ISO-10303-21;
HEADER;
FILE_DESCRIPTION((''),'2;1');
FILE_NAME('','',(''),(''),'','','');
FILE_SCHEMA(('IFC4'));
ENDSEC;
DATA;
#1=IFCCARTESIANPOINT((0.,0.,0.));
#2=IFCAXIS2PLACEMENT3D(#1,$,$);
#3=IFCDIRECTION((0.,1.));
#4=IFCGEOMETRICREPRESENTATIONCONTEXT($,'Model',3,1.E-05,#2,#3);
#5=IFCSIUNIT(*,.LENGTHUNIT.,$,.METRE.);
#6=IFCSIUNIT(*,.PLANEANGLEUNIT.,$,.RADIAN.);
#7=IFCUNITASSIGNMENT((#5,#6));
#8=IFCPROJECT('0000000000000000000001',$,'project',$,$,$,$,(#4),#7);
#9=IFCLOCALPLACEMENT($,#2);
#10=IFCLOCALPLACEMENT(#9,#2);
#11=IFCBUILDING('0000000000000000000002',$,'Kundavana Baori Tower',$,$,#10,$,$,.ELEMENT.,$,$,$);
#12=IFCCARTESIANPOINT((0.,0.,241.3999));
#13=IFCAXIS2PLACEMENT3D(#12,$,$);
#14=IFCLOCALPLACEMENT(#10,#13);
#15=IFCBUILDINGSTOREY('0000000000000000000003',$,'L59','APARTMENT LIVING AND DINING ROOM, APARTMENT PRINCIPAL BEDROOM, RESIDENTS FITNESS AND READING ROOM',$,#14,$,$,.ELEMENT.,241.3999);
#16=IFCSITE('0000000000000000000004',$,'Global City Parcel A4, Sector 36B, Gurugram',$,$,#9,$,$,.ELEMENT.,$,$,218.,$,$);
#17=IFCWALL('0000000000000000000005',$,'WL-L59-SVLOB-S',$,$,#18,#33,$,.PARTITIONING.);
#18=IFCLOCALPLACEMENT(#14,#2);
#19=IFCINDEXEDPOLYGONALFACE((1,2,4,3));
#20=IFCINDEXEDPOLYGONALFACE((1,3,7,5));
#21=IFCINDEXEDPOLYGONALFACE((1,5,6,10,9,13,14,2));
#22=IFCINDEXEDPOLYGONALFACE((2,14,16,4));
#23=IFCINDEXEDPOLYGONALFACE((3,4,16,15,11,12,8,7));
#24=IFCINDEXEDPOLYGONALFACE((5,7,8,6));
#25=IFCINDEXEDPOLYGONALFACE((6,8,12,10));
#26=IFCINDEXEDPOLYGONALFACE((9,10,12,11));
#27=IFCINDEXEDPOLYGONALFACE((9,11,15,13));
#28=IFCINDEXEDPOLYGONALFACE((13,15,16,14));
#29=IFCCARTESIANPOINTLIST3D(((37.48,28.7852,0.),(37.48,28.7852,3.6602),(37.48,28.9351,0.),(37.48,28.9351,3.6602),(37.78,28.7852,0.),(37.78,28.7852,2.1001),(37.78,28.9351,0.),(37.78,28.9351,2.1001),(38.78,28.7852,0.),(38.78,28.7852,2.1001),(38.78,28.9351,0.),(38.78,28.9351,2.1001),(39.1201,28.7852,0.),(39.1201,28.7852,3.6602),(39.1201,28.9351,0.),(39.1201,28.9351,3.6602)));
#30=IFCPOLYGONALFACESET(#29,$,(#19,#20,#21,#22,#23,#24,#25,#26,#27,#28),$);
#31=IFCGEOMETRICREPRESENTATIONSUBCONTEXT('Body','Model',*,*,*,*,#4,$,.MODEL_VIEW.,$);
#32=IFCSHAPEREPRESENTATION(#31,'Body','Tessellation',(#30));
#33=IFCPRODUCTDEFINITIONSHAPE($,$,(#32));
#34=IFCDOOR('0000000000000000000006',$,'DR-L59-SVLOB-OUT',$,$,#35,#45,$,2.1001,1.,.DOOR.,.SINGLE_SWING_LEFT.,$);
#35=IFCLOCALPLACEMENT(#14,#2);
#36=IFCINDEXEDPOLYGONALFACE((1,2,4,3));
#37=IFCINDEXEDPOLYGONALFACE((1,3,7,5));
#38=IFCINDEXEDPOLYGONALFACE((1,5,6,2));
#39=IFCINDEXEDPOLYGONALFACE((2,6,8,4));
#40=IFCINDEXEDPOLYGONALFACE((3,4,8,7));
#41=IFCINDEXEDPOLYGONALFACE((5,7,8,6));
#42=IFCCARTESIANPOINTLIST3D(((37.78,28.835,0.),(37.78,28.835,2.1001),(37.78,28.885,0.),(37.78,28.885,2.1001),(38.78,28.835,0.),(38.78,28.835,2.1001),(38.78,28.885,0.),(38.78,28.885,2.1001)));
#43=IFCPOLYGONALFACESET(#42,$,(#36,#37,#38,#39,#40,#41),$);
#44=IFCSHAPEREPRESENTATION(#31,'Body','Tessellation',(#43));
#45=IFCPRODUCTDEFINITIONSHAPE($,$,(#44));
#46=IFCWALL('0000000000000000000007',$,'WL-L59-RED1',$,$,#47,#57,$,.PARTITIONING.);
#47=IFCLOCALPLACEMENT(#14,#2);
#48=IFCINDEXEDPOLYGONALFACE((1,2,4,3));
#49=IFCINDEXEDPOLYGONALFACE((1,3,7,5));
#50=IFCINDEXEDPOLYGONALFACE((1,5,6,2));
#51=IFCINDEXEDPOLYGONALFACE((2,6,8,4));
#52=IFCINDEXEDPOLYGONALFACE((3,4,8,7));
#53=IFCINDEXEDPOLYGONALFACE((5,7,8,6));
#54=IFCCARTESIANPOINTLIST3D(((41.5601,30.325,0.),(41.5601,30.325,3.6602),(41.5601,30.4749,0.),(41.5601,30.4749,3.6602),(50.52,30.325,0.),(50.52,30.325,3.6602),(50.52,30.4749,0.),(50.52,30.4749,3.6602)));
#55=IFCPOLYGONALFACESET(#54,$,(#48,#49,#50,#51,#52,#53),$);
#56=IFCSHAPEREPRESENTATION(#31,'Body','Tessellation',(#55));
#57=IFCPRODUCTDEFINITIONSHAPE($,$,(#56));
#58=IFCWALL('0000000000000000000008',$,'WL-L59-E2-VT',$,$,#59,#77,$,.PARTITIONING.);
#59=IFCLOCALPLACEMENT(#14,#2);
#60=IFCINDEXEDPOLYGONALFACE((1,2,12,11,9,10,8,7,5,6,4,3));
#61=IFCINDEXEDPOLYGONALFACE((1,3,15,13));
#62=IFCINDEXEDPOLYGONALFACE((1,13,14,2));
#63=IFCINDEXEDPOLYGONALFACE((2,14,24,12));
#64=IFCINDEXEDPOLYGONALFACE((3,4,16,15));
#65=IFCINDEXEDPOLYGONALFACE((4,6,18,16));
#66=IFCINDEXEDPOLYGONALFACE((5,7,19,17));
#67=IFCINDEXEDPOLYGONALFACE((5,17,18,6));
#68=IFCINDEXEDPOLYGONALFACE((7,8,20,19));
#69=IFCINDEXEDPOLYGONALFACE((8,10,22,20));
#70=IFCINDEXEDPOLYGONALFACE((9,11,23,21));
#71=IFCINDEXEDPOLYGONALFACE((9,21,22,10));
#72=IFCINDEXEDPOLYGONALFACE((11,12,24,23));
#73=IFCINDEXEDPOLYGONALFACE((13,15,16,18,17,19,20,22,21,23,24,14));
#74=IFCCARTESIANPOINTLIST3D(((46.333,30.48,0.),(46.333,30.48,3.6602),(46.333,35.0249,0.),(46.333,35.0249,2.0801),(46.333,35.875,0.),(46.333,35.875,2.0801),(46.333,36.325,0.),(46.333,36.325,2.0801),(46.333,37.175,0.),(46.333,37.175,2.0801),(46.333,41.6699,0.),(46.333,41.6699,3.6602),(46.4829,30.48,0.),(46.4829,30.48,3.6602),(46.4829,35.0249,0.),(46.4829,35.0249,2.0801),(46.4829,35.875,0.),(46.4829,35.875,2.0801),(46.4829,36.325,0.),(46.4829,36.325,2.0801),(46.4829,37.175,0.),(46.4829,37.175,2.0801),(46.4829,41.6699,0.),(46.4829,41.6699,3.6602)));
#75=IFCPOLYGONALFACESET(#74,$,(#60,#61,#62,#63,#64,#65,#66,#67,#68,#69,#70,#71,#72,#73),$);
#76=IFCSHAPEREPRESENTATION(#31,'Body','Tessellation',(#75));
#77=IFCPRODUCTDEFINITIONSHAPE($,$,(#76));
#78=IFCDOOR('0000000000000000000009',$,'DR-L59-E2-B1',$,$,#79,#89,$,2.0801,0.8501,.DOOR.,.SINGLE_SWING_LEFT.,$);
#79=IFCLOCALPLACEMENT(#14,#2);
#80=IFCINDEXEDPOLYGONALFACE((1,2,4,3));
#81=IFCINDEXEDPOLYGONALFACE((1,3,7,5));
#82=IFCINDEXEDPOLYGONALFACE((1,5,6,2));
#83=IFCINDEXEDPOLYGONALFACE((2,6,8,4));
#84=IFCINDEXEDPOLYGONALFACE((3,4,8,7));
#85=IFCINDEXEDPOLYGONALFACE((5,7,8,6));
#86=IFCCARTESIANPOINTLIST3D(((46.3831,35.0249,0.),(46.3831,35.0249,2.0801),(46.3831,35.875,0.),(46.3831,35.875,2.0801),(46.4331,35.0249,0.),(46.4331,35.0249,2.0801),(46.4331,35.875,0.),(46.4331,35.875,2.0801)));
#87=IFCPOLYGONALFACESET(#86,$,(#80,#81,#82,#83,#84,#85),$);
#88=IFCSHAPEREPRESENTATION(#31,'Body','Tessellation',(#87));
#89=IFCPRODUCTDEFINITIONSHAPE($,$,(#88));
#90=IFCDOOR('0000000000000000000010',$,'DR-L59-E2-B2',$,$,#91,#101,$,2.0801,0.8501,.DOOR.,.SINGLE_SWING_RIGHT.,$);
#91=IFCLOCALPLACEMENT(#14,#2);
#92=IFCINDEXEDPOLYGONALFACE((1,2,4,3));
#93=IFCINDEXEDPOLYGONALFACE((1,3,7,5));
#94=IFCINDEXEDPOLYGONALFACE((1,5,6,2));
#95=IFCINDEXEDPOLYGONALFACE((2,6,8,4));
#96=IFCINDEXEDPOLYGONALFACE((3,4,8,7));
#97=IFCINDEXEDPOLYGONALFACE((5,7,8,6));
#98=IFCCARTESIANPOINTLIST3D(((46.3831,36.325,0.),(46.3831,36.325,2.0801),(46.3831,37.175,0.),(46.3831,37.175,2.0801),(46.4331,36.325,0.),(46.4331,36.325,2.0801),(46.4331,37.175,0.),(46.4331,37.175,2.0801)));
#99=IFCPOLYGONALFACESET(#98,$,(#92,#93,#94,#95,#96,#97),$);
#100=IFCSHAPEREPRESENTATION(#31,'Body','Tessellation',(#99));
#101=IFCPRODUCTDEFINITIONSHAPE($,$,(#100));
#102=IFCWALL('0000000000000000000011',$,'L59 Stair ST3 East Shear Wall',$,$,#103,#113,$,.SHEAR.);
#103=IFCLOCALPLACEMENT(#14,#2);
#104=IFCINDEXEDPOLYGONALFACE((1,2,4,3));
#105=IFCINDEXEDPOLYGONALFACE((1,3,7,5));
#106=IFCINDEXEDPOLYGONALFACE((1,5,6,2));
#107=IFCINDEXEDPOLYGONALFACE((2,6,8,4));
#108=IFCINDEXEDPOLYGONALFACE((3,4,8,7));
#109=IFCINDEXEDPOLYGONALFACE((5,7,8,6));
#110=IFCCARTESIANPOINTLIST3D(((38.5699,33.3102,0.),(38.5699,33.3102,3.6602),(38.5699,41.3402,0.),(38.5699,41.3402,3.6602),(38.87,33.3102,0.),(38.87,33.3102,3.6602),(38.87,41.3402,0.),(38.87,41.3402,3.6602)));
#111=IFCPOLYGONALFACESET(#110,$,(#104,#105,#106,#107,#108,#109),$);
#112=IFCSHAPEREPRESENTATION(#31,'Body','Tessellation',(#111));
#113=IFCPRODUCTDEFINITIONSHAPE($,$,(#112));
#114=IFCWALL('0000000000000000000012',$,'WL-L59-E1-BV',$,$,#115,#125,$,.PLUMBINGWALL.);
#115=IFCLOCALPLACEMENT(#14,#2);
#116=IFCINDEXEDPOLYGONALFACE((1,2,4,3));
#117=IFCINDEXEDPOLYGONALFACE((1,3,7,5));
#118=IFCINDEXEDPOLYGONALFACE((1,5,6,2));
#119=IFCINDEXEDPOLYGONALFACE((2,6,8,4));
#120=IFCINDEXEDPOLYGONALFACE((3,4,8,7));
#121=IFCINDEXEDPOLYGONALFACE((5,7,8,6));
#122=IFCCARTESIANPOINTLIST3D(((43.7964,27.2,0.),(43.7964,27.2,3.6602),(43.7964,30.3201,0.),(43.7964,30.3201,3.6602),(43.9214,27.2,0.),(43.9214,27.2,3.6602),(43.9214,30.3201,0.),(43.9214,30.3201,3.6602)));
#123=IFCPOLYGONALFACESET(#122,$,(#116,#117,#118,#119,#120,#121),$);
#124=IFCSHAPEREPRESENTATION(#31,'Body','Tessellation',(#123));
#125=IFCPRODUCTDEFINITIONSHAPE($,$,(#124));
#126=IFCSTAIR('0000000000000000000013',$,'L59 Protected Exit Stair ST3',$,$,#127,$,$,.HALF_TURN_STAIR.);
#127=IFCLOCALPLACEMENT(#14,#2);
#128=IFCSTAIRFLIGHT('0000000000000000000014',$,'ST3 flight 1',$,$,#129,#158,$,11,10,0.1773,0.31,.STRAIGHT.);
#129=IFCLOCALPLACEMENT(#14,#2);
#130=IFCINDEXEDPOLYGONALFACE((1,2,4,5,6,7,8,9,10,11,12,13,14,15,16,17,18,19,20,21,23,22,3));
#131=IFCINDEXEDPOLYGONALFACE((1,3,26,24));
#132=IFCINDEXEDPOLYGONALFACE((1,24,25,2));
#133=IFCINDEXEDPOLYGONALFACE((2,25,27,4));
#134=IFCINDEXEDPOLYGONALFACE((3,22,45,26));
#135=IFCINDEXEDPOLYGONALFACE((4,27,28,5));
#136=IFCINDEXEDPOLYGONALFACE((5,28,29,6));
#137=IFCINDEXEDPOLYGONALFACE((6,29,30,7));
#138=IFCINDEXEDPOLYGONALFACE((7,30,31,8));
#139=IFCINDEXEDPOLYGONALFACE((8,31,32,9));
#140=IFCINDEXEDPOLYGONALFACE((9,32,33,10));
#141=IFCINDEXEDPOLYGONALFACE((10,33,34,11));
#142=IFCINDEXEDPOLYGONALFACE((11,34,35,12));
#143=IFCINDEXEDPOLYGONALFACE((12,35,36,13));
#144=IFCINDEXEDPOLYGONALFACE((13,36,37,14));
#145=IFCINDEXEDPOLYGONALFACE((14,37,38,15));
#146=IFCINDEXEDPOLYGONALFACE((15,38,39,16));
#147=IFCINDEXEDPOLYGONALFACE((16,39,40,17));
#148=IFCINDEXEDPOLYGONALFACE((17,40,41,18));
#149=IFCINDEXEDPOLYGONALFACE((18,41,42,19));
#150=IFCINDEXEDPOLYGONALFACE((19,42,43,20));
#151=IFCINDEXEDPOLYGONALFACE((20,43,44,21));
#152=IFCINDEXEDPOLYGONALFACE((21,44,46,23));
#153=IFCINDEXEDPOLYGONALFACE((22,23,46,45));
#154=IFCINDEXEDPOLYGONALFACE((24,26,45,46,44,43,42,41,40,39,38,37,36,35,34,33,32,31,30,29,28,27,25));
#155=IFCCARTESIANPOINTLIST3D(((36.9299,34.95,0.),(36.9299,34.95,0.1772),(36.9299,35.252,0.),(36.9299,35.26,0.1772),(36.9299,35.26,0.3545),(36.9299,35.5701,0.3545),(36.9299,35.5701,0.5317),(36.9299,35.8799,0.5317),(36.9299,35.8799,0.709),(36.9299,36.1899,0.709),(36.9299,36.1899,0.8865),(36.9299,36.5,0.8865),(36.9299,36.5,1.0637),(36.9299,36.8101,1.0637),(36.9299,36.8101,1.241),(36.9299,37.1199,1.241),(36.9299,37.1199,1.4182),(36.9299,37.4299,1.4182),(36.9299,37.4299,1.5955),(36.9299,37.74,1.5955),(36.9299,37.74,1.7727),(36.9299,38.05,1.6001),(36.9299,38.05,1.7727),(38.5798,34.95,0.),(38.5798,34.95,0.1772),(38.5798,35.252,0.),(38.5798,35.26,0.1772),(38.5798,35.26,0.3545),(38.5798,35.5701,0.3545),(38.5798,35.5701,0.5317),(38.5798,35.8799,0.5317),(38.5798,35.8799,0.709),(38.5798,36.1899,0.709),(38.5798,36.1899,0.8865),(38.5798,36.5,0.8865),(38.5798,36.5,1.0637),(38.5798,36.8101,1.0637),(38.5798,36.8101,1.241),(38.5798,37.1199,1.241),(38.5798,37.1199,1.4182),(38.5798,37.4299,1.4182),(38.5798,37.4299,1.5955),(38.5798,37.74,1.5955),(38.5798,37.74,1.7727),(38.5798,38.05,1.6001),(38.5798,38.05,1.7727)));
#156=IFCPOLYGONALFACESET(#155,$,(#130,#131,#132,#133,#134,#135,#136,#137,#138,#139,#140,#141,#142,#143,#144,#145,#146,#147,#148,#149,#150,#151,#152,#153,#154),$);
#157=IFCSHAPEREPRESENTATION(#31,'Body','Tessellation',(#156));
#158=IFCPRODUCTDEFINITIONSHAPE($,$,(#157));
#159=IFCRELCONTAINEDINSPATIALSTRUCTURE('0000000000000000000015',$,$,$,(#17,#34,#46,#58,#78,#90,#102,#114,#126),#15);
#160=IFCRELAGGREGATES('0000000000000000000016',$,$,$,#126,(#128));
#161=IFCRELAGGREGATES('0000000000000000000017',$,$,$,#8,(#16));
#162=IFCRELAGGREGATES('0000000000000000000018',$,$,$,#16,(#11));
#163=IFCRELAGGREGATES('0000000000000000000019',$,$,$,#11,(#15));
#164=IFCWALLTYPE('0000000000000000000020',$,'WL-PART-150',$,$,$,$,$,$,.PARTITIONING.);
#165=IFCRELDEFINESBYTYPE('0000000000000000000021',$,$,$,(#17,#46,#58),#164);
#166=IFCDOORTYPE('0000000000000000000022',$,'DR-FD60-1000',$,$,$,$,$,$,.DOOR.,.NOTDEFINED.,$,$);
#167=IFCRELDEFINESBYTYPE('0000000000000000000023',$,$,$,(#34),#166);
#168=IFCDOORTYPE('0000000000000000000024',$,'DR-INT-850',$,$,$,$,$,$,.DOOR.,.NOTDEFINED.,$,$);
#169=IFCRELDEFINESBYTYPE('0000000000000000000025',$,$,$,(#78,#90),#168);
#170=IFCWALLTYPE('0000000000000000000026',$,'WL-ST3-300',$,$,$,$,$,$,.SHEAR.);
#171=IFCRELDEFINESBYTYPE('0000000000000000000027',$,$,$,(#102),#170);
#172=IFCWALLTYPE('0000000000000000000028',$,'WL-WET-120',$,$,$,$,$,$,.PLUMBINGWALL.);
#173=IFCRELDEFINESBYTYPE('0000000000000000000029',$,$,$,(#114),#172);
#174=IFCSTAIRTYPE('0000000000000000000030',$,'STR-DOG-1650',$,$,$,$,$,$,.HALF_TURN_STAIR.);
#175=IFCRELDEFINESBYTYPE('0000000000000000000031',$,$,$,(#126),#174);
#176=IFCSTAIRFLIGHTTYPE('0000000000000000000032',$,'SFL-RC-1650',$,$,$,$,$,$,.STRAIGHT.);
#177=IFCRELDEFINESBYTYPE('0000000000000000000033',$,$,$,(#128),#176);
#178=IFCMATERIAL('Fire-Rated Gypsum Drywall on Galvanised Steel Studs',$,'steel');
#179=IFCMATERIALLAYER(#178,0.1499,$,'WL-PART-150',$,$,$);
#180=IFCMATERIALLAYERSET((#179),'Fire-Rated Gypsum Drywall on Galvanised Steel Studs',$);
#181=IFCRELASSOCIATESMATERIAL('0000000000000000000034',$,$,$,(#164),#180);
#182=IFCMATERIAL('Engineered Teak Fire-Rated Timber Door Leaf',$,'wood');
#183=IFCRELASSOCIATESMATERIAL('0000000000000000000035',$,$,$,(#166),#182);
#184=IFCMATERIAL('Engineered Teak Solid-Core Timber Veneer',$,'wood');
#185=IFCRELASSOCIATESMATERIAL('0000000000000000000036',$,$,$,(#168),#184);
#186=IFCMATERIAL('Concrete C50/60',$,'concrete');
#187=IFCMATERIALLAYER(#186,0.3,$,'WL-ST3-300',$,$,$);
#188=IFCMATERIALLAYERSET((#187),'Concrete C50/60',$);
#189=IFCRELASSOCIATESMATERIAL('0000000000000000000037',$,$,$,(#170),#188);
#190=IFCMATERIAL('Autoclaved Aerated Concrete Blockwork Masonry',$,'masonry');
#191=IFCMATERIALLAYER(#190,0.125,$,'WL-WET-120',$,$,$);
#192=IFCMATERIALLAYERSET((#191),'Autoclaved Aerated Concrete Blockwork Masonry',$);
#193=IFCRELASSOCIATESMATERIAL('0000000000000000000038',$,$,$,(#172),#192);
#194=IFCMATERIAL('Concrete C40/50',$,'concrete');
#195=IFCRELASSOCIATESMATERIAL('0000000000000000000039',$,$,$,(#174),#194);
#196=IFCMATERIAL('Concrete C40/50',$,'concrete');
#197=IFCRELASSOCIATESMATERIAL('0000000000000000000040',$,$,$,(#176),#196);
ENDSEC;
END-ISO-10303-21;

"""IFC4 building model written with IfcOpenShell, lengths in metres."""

from ifc_helpers import new_model, si_unit, direction, frame, frame_2d, origin, place, context, subcontext, project, spatial, polyline, rectangle, outline, extrude, material, layer, layer_set, type_object, element, fill, aggregate, save


model = new_model("IFC4")

# Units and contexts
model_context = context("Model", 3, precision=1e-05, world=origin(), true_north=direction((0.0, 1.0)))
body_context = subcontext(model_context, "Body", "Model", "MODEL_VIEW")
ifc_project = project(units=[si_unit("LENGTHUNIT", "METRE"), si_unit("PLANEANGLEUNIT", "RADIAN")], contexts=[model_context])

# Site, building, storey
site_placement = place(None, origin())
site = spatial("IfcSite", under=ifc_project, at=site_placement, Name="Global City Parcel A4, Sector 36B, Gurugram", CompositionType="ELEMENT", RefElevation=218.0)
building_placement = place(site_placement, origin())
building = spatial("IfcBuilding", under=site, at=building_placement, Name="Kundavana Baori Tower", CompositionType="ELEMENT")
storey_placement = place(building_placement, frame((0.0, 0.0, 241.3999)))
storey = spatial("IfcBuildingStorey", under=building, at=storey_placement, Name="L59", Description="APARTMENT LIVING AND DINING ROOM, APARTMENT PRINCIPAL BEDROOM, RESIDENTS FITNESS AND READING ROOM", CompositionType="ELEMENT", Elevation=241.3999)

# Shared definitions
ifc_material_1 = material(Name="Fire-Rated Gypsum Drywall on Galvanised Steel Studs", Category="steel")
ifc_layer_1 = layer(ifc_material_1, 0.1499, Name="WL-PART-150")
ifc_layer_set_1 = layer_set([ifc_layer_1], Name="Fire-Rated Gypsum Drywall on Galvanised Steel Studs")
wall_type_1 = type_object("IfcWallType", Name="WL-PART-150", PredefinedType="PARTITIONING", material=ifc_layer_set_1)

# Wall, opening, door
wall_1_placement = place(storey_placement, frame((37.48, 28.8601, 0.0), z_axis=(0.0, 0.0, 1.0), x_axis=(1.0, 0.0, 0.0)))
wall_1 = element("IfcWall", 1, at=wall_1_placement, inside=storey, type_object=wall_type_1, Name="WL-L59-SVLOB-S", PredefinedType="PARTITIONING", context=body_context, shape_type="SweptSolid", body=[
    extrude(rectangle(XDim=1.6401, YDim=0.1499, at=frame_2d((0.8201, 0.0))), origin(), (0.0, 0.0, 1.0), 3.6602),
])
opening_1_placement = place(wall_1_placement, frame((0.3, 0.0, 0.0)))
opening_1 = element("IfcOpeningElement", 2, at=opening_1_placement, cuts=wall_1, PredefinedType="OPENING", context=body_context, shape_type="SweptSolid", body=[
    extrude(rectangle(XDim=1.0, YDim=2.1001, at=frame_2d((0.5, 1.05))), frame((0.0, 0.085, 0.0), z_axis=(0.0, -1.0, 0.0), x_axis=(1.0, 0.0, 0.0)), (0.0, 0.0, 1.0), 0.1699),
])
ifc_material_2 = material(Name="Engineered Teak Fire-Rated Timber Door Leaf", Category="wood")
door_type_1 = type_object("IfcDoorType", Name="DR-FD60-1000", OperationType="NOTDEFINED", PredefinedType="DOOR", material=ifc_material_2)
door_1_placement = place(opening_1_placement, origin())
door_1 = element("IfcDoor", 3, at=door_1_placement, inside=storey, type_object=door_type_1, Name="DR-L59-SVLOB-OUT", OperationType="SINGLE_SWING_LEFT", OverallHeight=2.1001, OverallWidth=1.0, PredefinedType="DOOR", context=body_context, shape_type="SweptSolid", body=[
    extrude(rectangle(XDim=1.0, YDim=2.1001, at=frame_2d((0.5, 1.05))), frame((0.0, 0.0249, 0.0), z_axis=(0.0, -1.0, 0.0), x_axis=(1.0, 0.0, 0.0)), (0.0, 0.0, 1.0), 0.05),
])
fill(opening_1, door_1)

# Wall
wall_2_placement = place(storey_placement, frame((41.5601, 30.3999, 0.0), z_axis=(0.0, 0.0, 1.0), x_axis=(1.0, 0.0, 0.0)))
element("IfcWall", 4, at=wall_2_placement, inside=storey, type_object=wall_type_1, Name="WL-L59-RED1", PredefinedType="PARTITIONING", context=body_context, shape_type="SweptSolid", body=[
    extrude(rectangle(XDim=8.96, YDim=0.1499, at=frame_2d((4.48, 0.0))), origin(), (0.0, 0.0, 1.0), 3.6602),
])

# Wall, openings, doors
wall_3_placement = place(storey_placement, frame((46.408, 30.48, 0.0), z_axis=(0.0, 0.0, 1.0), x_axis=(0.0, 1.0, 0.0)))
wall_3 = element("IfcWall", 5, at=wall_3_placement, inside=storey, type_object=wall_type_1, Name="WL-L59-E2-VT", PredefinedType="PARTITIONING", context=body_context, shape_type="SweptSolid", body=[
    extrude(rectangle(XDim=11.1899, YDim=0.1499, at=frame_2d((5.595, 0.0))), origin(), (0.0, 0.0, 1.0), 3.6602),
])
opening_2_placement = place(wall_3_placement, frame((4.5449, 0.0, 0.0)))
opening_2 = element("IfcOpeningElement", 6, at=opening_2_placement, cuts=wall_3, PredefinedType="OPENING", context=body_context, shape_type="SweptSolid", body=[
    extrude(rectangle(XDim=0.8501, YDim=2.0801, at=frame_2d((0.425, 1.04))), frame((0.0, 0.085, 0.0), z_axis=(0.0, -1.0, 0.0), x_axis=(1.0, 0.0, 0.0)), (0.0, 0.0, 1.0), 0.1699),
])
opening_3_placement = place(wall_3_placement, frame((5.845, 0.0, 0.0)))
opening_3 = element("IfcOpeningElement", 7, at=opening_3_placement, cuts=wall_3, PredefinedType="OPENING", context=body_context, shape_type="SweptSolid", body=[
    extrude(rectangle(XDim=0.8501, YDim=2.0801, at=frame_2d((0.425, 1.04))), frame((0.0, 0.085, 0.0), z_axis=(0.0, -1.0, 0.0), x_axis=(1.0, 0.0, 0.0)), (0.0, 0.0, 1.0), 0.1699),
])
ifc_material_3 = material(Name="Engineered Teak Solid-Core Timber Veneer", Category="wood")
door_type_2 = type_object("IfcDoorType", Name="DR-INT-850", OperationType="NOTDEFINED", PredefinedType="DOOR", material=ifc_material_3)
door_2_placement = place(opening_2_placement, origin())
door_2 = element("IfcDoor", 8, at=door_2_placement, inside=storey, type_object=door_type_2, Name="DR-L59-E2-B1", OperationType="SINGLE_SWING_LEFT", OverallHeight=2.0801, OverallWidth=0.8501, PredefinedType="DOOR", context=body_context, shape_type="SweptSolid", body=[
    extrude(rectangle(XDim=0.8501, YDim=2.0801, at=frame_2d((0.425, 1.04))), frame((0.0, 0.0249, 0.0), z_axis=(0.0, -1.0, 0.0), x_axis=(1.0, 0.0, 0.0)), (0.0, 0.0, 1.0), 0.05),
])
fill(opening_2, door_2)
door_3_placement = place(opening_3_placement, origin())
door_3 = element("IfcDoor", 9, at=door_3_placement, inside=storey, type_object=door_type_2, Name="DR-L59-E2-B2", OperationType="SINGLE_SWING_RIGHT", OverallHeight=2.0801, OverallWidth=0.8501, PredefinedType="DOOR", context=body_context, shape_type="SweptSolid", body=[
    extrude(rectangle(XDim=0.8501, YDim=2.0801, at=frame_2d((0.425, 1.04))), frame((0.0, 0.0249, 0.0), z_axis=(0.0, -1.0, 0.0), x_axis=(1.0, 0.0, 0.0)), (0.0, 0.0, 1.0), 0.05),
])
fill(opening_3, door_3)

# Walls
ifc_material_4 = material(Name="Concrete C50/60", Category="concrete")
ifc_layer_2 = layer(ifc_material_4, 0.3, Name="WL-ST3-300")
ifc_layer_set_2 = layer_set([ifc_layer_2], Name="Concrete C50/60")
wall_type_2 = type_object("IfcWallType", Name="WL-ST3-300", PredefinedType="SHEAR", material=ifc_layer_set_2)
wall_4_placement = place(storey_placement, frame((38.72, 33.3101, 0.0), z_axis=(0.0, 0.0, 1.0), x_axis=(0.0, 1.0, 0.0)))
element("IfcWall", 10, at=wall_4_placement, inside=storey, type_object=wall_type_2, Name="L59 Stair ST3 East Shear Wall", PredefinedType="SHEAR", context=body_context, shape_type="SweptSolid", body=[
    extrude(rectangle(XDim=8.03, YDim=0.3, at=frame_2d((4.0151, 0.0))), origin(), (0.0, 0.0, 1.0), 3.6602),
])
ifc_material_5 = material(Name="Autoclaved Aerated Concrete Blockwork Masonry", Category="masonry")
ifc_layer_3 = layer(ifc_material_5, 0.125, Name="WL-WET-120")
ifc_layer_set_3 = layer_set([ifc_layer_3], Name="Autoclaved Aerated Concrete Blockwork Masonry")
wall_type_3 = type_object("IfcWallType", Name="WL-WET-120", PredefinedType="PLUMBINGWALL", material=ifc_layer_set_3)
wall_5_placement = place(storey_placement, frame((43.8589, 27.2, 0.0), z_axis=(0.0, 0.0, 1.0), x_axis=(0.0, 1.0, 0.0)))
element("IfcWall", 11, at=wall_5_placement, inside=storey, type_object=wall_type_3, Name="WL-L59-E1-BV", PredefinedType="PLUMBINGWALL", context=body_context, shape_type="SweptSolid", body=[
    extrude(rectangle(XDim=3.1201, YDim=0.125, at=frame_2d((1.5601, 0.0))), origin(), (0.0, 0.0, 1.0), 3.6602),
])

# Stair, stair flight
ifc_material_6 = material(Name="Concrete C40/50", Category="concrete")
stair_type = type_object("IfcStairType", Name="STR-DOG-1650", PredefinedType="HALF_TURN_STAIR", material=ifc_material_6)
stair_placement = place(storey_placement, origin())
stair = element("IfcStair", 12, at=stair_placement, inside=storey, type_object=stair_type, Name="L59 Protected Exit Stair ST3", PredefinedType="HALF_TURN_STAIR")
ifc_material_7 = material(Name="Concrete C40/50", Category="concrete")
stair_flight_type = type_object("IfcStairFlightType", Name="SFL-RC-1650", PredefinedType="STRAIGHT", material=ifc_material_7)
stair_flight_placement = place(storey_placement, frame((37.7549, 34.95, 0.0), z_axis=(0.0, 0.0, 1.0), x_axis=(0.0, 1.0, 0.0)))
stair_flight = element("IfcStairFlight", 13, at=stair_flight_placement, type_object=stair_flight_type, Name="ST3 flight 1", NumberOfRisers=11, NumberOfTreads=10, PredefinedType="STRAIGHT", RiserHeight=0.1773, TreadLength=0.31, context=body_context, shape_type="SweptSolid", body=[
    extrude(outline(polyline([(0.0, 0.0), (0.0, 0.1772), (0.3101, 0.1772), (0.3101, 0.3545), (0.6201, 0.3545), (0.6201, 0.5317), (0.9299, 0.5317), (0.9299, 0.709), (1.24, 0.709), (1.24, 0.8865), (1.55, 0.8865), (1.55, 1.0637), (1.8601, 1.0637), (1.8601, 1.241), (2.1699, 1.241), (2.1699, 1.4182), (2.48, 1.4182), (2.48, 1.5955), (2.79, 1.5955), (2.79, 1.7727), (3.1001, 1.7727), (3.1001, 1.95), (3.1001, 1.6001), (0.302, 0.0), (0.0, 0.0)])), frame((0.0, 0.825, 0.0), z_axis=(0.0, -1.0, 0.0), x_axis=(1.0, 0.0, 0.0)), (0.0, 0.0, 1.0), 1.6499),
])
aggregate(stair, [stair_flight])

save(model, "model.ifc")
